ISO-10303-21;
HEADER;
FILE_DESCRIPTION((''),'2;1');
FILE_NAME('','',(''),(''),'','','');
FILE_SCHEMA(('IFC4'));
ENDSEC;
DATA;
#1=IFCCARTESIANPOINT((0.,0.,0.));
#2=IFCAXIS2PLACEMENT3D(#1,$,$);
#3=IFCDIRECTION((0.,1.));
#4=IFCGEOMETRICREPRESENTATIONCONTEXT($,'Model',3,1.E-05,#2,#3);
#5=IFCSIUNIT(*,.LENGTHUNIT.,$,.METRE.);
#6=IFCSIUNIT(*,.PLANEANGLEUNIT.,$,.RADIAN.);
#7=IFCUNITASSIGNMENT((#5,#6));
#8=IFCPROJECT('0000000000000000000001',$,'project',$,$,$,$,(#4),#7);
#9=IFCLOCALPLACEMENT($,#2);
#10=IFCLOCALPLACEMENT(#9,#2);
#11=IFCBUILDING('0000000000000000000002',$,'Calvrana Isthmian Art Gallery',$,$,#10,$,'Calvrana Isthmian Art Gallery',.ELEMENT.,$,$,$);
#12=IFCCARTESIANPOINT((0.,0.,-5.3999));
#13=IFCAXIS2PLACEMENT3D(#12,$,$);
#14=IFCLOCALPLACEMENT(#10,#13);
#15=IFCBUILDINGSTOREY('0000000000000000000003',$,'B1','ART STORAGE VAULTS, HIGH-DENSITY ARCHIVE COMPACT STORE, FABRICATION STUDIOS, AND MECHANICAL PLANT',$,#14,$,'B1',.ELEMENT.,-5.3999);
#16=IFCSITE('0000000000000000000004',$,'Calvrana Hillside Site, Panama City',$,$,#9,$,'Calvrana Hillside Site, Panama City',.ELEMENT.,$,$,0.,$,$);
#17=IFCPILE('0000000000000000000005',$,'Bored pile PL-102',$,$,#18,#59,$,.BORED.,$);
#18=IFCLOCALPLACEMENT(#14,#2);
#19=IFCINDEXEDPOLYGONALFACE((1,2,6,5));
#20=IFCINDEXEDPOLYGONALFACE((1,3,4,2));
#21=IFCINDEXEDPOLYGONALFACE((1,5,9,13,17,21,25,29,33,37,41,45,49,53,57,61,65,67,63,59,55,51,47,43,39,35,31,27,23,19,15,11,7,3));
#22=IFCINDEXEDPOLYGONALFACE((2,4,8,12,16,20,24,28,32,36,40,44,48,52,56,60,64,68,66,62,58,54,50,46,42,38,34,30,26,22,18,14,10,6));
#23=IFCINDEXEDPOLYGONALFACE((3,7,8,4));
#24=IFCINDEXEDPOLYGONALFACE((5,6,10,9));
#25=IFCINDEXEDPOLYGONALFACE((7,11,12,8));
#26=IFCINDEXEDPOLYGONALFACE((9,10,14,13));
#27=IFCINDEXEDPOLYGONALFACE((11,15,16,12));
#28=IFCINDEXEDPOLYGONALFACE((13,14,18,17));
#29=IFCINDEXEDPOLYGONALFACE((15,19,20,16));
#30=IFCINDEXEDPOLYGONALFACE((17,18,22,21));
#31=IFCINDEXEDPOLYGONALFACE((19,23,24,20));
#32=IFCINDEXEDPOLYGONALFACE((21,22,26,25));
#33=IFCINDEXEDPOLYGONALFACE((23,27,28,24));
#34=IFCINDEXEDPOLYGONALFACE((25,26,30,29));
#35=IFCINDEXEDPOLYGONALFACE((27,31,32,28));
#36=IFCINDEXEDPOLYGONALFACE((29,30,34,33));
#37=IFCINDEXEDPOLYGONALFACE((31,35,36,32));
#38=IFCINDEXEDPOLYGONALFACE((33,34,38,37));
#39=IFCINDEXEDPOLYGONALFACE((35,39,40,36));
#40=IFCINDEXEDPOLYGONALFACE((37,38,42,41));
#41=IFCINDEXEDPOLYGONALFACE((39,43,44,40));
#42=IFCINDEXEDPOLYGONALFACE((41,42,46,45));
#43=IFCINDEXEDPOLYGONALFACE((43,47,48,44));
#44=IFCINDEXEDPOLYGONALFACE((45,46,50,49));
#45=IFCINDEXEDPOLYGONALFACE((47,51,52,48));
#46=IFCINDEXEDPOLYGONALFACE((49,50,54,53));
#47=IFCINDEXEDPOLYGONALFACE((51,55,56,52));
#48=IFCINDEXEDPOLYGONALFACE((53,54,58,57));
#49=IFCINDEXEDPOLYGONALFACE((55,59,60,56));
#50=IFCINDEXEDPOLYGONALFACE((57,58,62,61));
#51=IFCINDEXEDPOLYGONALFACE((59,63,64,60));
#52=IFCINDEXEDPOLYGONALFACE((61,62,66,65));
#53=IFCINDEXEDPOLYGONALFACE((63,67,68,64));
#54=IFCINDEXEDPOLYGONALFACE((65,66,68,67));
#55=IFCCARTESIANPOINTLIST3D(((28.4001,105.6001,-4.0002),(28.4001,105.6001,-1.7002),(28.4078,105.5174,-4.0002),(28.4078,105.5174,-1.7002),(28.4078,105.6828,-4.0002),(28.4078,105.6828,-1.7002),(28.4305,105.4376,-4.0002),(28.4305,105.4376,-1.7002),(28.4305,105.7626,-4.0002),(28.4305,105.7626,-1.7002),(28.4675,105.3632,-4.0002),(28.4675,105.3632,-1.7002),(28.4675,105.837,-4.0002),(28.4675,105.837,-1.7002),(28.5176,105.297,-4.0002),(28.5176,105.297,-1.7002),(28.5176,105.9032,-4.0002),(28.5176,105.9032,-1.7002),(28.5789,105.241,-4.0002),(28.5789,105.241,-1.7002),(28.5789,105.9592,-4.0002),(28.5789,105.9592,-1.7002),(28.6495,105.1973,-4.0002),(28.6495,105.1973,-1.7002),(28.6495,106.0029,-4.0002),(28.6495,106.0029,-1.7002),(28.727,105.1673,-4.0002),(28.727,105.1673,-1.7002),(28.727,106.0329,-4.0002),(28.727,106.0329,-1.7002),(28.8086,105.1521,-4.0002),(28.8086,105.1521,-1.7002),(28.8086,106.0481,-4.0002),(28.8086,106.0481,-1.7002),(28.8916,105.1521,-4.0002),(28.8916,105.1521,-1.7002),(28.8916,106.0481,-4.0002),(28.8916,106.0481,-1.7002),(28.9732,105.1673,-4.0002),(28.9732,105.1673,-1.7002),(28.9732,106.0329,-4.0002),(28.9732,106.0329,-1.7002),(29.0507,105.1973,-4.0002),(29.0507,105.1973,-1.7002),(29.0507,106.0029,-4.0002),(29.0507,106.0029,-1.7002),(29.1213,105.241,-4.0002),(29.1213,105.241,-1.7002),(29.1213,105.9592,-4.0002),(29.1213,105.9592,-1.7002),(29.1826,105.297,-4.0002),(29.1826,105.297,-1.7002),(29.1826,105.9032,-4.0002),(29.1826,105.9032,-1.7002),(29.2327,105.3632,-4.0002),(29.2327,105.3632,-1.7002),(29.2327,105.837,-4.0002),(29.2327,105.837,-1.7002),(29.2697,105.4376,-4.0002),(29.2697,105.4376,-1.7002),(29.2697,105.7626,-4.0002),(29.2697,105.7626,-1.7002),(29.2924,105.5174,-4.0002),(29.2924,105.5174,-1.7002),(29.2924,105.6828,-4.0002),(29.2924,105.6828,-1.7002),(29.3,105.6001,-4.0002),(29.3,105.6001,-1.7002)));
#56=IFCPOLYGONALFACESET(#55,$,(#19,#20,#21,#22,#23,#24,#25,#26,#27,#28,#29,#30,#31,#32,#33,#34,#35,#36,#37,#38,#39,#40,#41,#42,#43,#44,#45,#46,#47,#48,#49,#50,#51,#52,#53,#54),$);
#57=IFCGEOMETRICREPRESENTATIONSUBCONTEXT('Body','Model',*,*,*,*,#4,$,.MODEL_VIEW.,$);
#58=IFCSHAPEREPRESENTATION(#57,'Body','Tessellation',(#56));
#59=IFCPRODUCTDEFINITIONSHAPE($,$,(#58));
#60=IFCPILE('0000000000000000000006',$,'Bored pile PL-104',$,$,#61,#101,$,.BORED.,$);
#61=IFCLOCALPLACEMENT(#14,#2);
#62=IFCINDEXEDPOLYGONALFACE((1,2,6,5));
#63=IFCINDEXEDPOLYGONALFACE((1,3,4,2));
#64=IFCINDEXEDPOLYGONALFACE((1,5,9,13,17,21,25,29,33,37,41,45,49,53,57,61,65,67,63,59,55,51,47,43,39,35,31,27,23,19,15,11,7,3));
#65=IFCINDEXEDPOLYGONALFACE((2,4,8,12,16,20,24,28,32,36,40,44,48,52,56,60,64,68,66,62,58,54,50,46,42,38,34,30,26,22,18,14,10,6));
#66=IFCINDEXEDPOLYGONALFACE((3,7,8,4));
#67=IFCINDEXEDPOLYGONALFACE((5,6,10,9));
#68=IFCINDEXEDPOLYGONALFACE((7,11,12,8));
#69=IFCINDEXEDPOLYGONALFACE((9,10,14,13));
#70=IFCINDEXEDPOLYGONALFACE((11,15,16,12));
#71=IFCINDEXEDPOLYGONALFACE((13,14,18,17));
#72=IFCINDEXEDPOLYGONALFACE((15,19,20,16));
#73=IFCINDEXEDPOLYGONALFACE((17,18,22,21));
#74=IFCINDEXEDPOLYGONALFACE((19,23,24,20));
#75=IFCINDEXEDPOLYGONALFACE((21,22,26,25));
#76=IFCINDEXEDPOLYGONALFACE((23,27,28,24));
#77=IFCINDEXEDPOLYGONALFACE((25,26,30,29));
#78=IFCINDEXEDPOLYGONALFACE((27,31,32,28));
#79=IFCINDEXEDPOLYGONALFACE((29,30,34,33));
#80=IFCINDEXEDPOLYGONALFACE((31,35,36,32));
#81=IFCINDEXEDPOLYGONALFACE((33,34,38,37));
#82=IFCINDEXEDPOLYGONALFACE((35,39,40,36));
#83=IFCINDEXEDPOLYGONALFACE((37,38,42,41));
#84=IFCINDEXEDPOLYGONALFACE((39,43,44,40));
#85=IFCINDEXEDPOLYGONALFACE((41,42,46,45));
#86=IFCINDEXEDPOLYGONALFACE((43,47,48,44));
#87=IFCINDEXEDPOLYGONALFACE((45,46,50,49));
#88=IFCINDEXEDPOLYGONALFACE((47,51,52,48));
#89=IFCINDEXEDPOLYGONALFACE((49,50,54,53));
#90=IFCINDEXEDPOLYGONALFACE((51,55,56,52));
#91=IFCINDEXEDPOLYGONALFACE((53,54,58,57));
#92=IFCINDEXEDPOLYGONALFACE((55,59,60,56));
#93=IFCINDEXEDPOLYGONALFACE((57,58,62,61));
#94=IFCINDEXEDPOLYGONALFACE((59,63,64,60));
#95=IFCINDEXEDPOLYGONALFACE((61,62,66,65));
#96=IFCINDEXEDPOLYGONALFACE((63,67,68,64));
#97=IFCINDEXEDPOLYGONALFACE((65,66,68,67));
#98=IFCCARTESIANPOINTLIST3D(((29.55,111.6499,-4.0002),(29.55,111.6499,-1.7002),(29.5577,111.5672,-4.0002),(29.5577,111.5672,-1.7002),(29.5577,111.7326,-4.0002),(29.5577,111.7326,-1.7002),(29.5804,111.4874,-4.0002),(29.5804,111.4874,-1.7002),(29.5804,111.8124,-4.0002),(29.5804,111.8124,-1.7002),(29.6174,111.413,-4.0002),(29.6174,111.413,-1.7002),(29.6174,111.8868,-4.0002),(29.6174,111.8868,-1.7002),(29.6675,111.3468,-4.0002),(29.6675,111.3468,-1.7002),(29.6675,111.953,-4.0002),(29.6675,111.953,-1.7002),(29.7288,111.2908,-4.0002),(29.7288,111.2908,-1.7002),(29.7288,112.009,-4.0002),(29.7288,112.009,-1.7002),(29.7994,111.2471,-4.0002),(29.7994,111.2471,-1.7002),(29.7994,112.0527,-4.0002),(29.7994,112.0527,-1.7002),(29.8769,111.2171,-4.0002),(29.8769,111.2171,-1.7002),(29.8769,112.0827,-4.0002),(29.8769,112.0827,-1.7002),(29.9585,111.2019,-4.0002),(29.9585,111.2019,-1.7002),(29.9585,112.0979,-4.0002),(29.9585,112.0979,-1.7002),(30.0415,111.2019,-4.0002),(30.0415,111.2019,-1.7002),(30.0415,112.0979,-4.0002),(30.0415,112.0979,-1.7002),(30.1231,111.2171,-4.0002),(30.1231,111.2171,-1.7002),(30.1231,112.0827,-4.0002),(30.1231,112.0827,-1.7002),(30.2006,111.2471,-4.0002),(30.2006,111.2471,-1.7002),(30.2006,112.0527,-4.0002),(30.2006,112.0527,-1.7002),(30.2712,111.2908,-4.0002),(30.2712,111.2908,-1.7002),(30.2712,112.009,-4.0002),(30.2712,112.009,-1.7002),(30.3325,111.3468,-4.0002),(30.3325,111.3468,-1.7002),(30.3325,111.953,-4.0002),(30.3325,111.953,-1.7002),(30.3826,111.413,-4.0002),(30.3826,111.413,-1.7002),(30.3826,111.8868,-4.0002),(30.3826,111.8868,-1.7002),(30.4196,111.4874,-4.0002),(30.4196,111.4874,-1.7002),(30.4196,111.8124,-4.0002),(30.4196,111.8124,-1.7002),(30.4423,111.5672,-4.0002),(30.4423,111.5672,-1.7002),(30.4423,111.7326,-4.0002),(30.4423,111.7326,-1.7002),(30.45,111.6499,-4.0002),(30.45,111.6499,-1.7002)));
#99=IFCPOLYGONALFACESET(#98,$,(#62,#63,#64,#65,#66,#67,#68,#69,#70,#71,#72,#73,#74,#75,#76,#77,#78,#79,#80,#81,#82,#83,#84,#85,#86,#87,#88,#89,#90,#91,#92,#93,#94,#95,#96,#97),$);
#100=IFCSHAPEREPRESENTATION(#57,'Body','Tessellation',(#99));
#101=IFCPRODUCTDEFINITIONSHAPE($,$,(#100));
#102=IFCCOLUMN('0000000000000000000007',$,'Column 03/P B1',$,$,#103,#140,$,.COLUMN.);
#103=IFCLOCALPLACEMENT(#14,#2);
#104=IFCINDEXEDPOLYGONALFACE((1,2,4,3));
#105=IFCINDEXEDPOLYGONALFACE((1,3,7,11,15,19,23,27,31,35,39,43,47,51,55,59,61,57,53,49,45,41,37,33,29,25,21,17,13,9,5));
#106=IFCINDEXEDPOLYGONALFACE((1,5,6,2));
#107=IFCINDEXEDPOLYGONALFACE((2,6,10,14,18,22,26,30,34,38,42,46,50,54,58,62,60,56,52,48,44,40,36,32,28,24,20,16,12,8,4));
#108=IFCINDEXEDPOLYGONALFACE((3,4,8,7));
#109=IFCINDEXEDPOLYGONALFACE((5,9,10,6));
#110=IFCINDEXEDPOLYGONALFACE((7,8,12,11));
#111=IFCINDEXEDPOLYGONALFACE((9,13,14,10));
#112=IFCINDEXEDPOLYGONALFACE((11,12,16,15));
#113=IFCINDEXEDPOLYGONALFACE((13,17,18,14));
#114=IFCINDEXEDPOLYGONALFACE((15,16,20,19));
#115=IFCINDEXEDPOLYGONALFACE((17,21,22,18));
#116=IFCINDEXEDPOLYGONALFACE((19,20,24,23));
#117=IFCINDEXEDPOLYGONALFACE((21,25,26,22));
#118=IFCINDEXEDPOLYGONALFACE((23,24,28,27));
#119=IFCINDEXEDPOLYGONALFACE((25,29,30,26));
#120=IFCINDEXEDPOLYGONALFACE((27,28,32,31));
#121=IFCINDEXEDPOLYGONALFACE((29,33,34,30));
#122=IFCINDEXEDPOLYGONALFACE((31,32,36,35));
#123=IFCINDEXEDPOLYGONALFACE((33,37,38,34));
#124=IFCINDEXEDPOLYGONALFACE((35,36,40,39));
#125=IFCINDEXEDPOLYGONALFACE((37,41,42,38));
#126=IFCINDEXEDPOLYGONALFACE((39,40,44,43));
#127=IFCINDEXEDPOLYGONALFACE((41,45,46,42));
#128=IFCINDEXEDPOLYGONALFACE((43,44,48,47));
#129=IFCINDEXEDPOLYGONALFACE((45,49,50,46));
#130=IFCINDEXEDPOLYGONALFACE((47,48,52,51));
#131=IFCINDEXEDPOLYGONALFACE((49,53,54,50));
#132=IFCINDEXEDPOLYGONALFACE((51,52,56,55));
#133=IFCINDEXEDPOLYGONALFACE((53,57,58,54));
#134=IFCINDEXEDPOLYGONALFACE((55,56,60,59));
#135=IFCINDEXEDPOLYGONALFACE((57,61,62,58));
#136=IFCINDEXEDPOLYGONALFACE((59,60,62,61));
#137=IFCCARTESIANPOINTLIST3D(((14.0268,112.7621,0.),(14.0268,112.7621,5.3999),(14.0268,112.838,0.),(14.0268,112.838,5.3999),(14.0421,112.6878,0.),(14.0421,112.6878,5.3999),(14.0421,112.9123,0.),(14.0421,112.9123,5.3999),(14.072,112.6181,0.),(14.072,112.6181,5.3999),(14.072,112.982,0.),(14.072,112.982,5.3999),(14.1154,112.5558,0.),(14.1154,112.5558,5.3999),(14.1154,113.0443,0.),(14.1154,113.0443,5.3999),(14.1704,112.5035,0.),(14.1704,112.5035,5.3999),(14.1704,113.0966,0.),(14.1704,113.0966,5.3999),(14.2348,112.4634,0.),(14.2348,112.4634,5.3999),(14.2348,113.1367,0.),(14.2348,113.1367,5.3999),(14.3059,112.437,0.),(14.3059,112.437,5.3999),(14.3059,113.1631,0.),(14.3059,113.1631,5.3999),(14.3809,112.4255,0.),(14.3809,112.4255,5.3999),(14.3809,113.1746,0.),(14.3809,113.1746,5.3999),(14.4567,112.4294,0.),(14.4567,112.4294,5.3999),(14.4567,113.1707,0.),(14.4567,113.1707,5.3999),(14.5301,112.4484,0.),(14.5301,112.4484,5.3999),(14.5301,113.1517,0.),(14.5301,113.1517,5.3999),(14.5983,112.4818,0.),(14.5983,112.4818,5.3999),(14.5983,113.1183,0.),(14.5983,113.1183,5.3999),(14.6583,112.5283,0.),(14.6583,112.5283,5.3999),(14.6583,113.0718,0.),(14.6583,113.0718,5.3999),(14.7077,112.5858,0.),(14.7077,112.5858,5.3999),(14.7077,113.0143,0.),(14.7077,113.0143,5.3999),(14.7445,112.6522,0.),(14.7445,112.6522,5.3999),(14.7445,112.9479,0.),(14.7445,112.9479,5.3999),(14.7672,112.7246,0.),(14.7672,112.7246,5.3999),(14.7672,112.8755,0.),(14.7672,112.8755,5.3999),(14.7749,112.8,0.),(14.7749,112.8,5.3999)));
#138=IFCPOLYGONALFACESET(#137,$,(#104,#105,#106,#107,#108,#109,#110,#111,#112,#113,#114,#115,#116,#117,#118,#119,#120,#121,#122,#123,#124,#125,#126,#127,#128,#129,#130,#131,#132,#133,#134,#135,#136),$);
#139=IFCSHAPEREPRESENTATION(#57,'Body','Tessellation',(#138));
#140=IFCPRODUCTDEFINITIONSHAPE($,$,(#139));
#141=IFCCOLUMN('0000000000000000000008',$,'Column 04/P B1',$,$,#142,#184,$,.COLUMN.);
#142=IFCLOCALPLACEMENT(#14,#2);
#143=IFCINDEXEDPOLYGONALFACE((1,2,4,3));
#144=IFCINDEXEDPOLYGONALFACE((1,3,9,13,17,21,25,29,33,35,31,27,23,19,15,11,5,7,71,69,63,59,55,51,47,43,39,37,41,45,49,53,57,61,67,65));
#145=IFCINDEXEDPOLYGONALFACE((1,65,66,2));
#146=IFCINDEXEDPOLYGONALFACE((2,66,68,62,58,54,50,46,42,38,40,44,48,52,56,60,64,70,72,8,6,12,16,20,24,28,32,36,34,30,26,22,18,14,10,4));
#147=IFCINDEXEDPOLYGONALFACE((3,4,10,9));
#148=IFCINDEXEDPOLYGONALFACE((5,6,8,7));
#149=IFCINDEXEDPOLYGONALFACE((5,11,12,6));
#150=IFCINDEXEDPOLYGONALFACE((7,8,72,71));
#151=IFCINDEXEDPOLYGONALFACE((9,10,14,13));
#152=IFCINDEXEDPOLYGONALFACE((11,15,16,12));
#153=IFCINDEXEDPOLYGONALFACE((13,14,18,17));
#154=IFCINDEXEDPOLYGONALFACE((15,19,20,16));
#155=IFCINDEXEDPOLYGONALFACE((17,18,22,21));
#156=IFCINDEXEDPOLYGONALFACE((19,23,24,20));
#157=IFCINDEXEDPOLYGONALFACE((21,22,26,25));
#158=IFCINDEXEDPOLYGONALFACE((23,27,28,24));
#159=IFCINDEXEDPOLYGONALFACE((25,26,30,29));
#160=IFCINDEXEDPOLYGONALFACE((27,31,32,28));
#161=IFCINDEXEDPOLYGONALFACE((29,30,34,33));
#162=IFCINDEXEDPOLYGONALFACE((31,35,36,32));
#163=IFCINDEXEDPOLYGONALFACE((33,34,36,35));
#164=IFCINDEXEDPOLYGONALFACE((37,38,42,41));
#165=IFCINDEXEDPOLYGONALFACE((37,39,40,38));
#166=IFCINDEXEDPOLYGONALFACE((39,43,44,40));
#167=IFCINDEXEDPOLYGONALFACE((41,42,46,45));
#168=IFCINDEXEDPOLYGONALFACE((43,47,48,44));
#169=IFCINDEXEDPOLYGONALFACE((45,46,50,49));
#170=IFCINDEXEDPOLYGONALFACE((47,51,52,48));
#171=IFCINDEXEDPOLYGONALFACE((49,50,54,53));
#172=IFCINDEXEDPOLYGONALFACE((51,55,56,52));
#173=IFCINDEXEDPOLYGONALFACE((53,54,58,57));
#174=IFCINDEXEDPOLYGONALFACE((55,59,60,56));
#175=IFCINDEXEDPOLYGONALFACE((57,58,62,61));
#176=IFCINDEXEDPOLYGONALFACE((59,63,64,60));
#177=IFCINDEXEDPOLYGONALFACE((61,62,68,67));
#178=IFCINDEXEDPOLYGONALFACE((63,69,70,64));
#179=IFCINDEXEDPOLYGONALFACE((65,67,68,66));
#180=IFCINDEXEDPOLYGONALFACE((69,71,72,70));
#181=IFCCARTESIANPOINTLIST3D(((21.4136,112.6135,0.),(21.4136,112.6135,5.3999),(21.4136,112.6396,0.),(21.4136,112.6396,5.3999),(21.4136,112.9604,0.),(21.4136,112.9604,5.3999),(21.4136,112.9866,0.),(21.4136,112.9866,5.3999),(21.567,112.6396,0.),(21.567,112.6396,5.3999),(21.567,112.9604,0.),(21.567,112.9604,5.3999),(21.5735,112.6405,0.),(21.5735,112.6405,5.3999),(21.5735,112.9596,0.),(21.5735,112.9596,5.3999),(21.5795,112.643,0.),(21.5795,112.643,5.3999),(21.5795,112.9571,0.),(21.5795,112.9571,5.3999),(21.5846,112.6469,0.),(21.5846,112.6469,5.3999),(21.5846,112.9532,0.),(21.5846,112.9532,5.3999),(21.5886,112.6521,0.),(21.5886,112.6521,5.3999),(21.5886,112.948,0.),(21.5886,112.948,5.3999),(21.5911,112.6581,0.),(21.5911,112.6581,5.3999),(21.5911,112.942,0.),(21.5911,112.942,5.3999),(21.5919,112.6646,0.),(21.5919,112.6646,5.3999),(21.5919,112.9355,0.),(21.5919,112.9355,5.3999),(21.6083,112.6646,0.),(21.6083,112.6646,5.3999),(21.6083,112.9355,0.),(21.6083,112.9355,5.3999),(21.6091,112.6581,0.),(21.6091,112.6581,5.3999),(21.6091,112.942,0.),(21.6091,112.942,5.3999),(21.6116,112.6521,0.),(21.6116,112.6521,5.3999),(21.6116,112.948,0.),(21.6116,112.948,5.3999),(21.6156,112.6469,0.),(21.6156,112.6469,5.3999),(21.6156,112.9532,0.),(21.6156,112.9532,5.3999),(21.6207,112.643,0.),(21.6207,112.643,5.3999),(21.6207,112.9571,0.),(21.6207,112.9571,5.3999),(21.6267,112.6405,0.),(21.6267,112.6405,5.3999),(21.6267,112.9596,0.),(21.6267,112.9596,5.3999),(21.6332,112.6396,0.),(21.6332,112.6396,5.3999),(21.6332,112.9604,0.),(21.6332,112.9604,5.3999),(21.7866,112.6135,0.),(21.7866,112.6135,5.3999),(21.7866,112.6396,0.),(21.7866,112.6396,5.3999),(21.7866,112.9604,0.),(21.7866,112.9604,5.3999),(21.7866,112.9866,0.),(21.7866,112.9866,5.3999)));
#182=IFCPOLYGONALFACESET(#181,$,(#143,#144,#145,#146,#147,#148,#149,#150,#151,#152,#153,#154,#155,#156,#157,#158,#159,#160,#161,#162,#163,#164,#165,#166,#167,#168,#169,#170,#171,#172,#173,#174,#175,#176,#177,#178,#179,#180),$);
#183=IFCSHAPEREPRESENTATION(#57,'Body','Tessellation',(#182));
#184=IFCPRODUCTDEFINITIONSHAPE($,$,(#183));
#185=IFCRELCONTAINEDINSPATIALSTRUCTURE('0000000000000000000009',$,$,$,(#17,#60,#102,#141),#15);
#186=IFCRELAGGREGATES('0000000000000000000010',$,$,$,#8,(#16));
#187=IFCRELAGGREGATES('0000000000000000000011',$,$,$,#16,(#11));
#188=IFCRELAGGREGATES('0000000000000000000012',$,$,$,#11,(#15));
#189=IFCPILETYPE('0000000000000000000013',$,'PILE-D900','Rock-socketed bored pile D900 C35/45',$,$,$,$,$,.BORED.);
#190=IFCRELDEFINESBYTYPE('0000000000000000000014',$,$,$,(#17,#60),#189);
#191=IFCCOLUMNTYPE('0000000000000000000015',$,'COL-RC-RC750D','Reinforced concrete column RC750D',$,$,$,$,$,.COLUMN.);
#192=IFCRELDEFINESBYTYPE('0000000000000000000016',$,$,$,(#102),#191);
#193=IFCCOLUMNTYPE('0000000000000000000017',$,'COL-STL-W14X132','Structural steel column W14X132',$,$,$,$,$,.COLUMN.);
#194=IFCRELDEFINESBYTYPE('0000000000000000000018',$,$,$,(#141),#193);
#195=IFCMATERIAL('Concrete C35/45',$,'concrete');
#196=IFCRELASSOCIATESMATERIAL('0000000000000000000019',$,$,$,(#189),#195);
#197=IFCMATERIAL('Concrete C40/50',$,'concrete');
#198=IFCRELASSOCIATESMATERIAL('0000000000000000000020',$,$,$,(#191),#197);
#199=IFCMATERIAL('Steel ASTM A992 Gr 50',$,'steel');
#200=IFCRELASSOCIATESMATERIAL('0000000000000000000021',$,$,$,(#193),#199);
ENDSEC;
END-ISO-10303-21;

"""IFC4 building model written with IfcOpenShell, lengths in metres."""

from ifc_helpers import new_model, si_unit, direction, frame, origin, origin_2d, place, context, subcontext, project, spatial, circle, i_section, extrude, material, material_profile, profile_set, type_object, element, save


model = new_model("IFC4")

# Units and contexts
model_context = context("Model", 3, precision=1e-05, world=origin(), true_north=direction((0.0, 1.0)))
body_context = subcontext(model_context, "Body", "Model", "MODEL_VIEW")
ifc_project = project(units=[si_unit("LENGTHUNIT", "METRE"), si_unit("PLANEANGLEUNIT", "RADIAN")], contexts=[model_context])

# Site, building, storey
site_placement = place(None, origin())
site = spatial("IfcSite", under=ifc_project, at=site_placement, Name="Calvrana Hillside Site, Panama City", LongName="Calvrana Hillside Site, Panama City", CompositionType="ELEMENT", RefElevation=0.0)
building_placement = place(site_placement, origin())
building = spatial("IfcBuilding", under=site, at=building_placement, Name="Calvrana Isthmian Art Gallery", LongName="Calvrana Isthmian Art Gallery", CompositionType="ELEMENT")
storey_placement = place(building_placement, frame((0.0, 0.0, -5.3999)))
storey = spatial("IfcBuildingStorey", under=building, at=storey_placement, Name="B1", Description="ART STORAGE VAULTS, HIGH-DENSITY ARCHIVE COMPACT STORE, FABRICATION STUDIOS, AND MECHANICAL PLANT", LongName="B1", CompositionType="ELEMENT", Elevation=-5.3999)

# Shared definitions
ifc_material_1 = material(Name="Concrete C35/45", Category="concrete")

# Piles
ifc_material_profile_1 = material_profile(ifc_material_1, circle(Radius=0.45, at=origin_2d()), Name="PILE900D")
ifc_profile_set_1 = profile_set([ifc_material_profile_1], Name="Concrete C35/45")
pile_type_1 = type_object("IfcPileType", Name="PILE-D900", Description="Rock-socketed bored pile D900 C35/45", PredefinedType="BORED", material=ifc_profile_set_1)
for number, where, z_axis, x_axis, name in (
    (1, (28.8501, 105.6001, -1.7002), (0.0, 0.0, -1.0), (1.0, 0.0, 0.0), "Bored pile PL-102"),
    (2, (30.0, 111.6499, -1.7002), (0.0, 0.0, -1.0), (1.0, 0.0, 0.0), "Bored pile PL-104"),
):
    element("IfcPile", number, at=place(storey_placement, frame(where, z_axis=z_axis, x_axis=x_axis)), inside=storey, type_object=pile_type_1, Name=name, PredefinedType="BORED", context=body_context, shape_type="SweptSolid", body=[
        extrude(circle(Radius=0.45, at=origin_2d()), origin(), (0.0, 0.0, 1.0), 2.3),
    ])

# Columns
ifc_material_2 = material(Name="Concrete C40/50", Category="concrete")
ifc_material_profile_2 = material_profile(ifc_material_2, circle(Radius=0.375, at=origin_2d()), Name="RC750D")
ifc_profile_set_2 = profile_set([ifc_material_profile_2], Name="Concrete C40/50")
column_type_1 = type_object("IfcColumnType", Name="COL-RC-RC750D", Description="Reinforced concrete column RC750D", PredefinedType="COLUMN", material=ifc_profile_set_2)
column_1_placement = place(storey_placement, frame((14.3999, 112.8, 0.0), z_axis=(0.0, 0.0, 1.0), x_axis=(1.0, 0.0, 0.0)))
element("IfcColumn", 3, at=column_1_placement, inside=storey, type_object=column_type_1, Name="Column 03/P B1", PredefinedType="COLUMN", context=body_context, shape_type="SweptSolid", body=[
    extrude(circle(Radius=0.375, at=origin_2d()), origin(), (0.0, 0.0, 1.0), 5.3999),
])
ifc_material_3 = material(Name="Steel ASTM A992 Gr 50", Category="steel")
ifc_material_profile_3 = material_profile(ifc_material_3, i_section(OverallWidth=0.373, OverallDepth=0.373, WebThickness=0.0164, FlangeThickness=0.0261, FilletRadius=0.0249, at=origin_2d()), Name="W14X132")
ifc_profile_set_3 = profile_set([ifc_material_profile_3], Name="Steel ASTM A992 Gr 50")
column_type_2 = type_object("IfcColumnType", Name="COL-STL-W14X132", Description="Structural steel column W14X132", PredefinedType="COLUMN", material=ifc_profile_set_3)
column_2_placement = place(storey_placement, frame((21.6001, 112.8, 0.0), z_axis=(0.0, 0.0, 1.0), x_axis=(1.0, 0.0, 0.0)))
element("IfcColumn", 4, at=column_2_placement, inside=storey, type_object=column_type_2, Name="Column 04/P B1", PredefinedType="COLUMN", context=body_context, shape_type="SweptSolid", body=[
    extrude(i_section(OverallWidth=0.373, OverallDepth=0.373, WebThickness=0.0164, FlangeThickness=0.0261, FilletRadius=0.0249, at=origin_2d()), origin(), (0.0, 0.0, 1.0), 5.3999),
])

save(model, "model.ifc")
